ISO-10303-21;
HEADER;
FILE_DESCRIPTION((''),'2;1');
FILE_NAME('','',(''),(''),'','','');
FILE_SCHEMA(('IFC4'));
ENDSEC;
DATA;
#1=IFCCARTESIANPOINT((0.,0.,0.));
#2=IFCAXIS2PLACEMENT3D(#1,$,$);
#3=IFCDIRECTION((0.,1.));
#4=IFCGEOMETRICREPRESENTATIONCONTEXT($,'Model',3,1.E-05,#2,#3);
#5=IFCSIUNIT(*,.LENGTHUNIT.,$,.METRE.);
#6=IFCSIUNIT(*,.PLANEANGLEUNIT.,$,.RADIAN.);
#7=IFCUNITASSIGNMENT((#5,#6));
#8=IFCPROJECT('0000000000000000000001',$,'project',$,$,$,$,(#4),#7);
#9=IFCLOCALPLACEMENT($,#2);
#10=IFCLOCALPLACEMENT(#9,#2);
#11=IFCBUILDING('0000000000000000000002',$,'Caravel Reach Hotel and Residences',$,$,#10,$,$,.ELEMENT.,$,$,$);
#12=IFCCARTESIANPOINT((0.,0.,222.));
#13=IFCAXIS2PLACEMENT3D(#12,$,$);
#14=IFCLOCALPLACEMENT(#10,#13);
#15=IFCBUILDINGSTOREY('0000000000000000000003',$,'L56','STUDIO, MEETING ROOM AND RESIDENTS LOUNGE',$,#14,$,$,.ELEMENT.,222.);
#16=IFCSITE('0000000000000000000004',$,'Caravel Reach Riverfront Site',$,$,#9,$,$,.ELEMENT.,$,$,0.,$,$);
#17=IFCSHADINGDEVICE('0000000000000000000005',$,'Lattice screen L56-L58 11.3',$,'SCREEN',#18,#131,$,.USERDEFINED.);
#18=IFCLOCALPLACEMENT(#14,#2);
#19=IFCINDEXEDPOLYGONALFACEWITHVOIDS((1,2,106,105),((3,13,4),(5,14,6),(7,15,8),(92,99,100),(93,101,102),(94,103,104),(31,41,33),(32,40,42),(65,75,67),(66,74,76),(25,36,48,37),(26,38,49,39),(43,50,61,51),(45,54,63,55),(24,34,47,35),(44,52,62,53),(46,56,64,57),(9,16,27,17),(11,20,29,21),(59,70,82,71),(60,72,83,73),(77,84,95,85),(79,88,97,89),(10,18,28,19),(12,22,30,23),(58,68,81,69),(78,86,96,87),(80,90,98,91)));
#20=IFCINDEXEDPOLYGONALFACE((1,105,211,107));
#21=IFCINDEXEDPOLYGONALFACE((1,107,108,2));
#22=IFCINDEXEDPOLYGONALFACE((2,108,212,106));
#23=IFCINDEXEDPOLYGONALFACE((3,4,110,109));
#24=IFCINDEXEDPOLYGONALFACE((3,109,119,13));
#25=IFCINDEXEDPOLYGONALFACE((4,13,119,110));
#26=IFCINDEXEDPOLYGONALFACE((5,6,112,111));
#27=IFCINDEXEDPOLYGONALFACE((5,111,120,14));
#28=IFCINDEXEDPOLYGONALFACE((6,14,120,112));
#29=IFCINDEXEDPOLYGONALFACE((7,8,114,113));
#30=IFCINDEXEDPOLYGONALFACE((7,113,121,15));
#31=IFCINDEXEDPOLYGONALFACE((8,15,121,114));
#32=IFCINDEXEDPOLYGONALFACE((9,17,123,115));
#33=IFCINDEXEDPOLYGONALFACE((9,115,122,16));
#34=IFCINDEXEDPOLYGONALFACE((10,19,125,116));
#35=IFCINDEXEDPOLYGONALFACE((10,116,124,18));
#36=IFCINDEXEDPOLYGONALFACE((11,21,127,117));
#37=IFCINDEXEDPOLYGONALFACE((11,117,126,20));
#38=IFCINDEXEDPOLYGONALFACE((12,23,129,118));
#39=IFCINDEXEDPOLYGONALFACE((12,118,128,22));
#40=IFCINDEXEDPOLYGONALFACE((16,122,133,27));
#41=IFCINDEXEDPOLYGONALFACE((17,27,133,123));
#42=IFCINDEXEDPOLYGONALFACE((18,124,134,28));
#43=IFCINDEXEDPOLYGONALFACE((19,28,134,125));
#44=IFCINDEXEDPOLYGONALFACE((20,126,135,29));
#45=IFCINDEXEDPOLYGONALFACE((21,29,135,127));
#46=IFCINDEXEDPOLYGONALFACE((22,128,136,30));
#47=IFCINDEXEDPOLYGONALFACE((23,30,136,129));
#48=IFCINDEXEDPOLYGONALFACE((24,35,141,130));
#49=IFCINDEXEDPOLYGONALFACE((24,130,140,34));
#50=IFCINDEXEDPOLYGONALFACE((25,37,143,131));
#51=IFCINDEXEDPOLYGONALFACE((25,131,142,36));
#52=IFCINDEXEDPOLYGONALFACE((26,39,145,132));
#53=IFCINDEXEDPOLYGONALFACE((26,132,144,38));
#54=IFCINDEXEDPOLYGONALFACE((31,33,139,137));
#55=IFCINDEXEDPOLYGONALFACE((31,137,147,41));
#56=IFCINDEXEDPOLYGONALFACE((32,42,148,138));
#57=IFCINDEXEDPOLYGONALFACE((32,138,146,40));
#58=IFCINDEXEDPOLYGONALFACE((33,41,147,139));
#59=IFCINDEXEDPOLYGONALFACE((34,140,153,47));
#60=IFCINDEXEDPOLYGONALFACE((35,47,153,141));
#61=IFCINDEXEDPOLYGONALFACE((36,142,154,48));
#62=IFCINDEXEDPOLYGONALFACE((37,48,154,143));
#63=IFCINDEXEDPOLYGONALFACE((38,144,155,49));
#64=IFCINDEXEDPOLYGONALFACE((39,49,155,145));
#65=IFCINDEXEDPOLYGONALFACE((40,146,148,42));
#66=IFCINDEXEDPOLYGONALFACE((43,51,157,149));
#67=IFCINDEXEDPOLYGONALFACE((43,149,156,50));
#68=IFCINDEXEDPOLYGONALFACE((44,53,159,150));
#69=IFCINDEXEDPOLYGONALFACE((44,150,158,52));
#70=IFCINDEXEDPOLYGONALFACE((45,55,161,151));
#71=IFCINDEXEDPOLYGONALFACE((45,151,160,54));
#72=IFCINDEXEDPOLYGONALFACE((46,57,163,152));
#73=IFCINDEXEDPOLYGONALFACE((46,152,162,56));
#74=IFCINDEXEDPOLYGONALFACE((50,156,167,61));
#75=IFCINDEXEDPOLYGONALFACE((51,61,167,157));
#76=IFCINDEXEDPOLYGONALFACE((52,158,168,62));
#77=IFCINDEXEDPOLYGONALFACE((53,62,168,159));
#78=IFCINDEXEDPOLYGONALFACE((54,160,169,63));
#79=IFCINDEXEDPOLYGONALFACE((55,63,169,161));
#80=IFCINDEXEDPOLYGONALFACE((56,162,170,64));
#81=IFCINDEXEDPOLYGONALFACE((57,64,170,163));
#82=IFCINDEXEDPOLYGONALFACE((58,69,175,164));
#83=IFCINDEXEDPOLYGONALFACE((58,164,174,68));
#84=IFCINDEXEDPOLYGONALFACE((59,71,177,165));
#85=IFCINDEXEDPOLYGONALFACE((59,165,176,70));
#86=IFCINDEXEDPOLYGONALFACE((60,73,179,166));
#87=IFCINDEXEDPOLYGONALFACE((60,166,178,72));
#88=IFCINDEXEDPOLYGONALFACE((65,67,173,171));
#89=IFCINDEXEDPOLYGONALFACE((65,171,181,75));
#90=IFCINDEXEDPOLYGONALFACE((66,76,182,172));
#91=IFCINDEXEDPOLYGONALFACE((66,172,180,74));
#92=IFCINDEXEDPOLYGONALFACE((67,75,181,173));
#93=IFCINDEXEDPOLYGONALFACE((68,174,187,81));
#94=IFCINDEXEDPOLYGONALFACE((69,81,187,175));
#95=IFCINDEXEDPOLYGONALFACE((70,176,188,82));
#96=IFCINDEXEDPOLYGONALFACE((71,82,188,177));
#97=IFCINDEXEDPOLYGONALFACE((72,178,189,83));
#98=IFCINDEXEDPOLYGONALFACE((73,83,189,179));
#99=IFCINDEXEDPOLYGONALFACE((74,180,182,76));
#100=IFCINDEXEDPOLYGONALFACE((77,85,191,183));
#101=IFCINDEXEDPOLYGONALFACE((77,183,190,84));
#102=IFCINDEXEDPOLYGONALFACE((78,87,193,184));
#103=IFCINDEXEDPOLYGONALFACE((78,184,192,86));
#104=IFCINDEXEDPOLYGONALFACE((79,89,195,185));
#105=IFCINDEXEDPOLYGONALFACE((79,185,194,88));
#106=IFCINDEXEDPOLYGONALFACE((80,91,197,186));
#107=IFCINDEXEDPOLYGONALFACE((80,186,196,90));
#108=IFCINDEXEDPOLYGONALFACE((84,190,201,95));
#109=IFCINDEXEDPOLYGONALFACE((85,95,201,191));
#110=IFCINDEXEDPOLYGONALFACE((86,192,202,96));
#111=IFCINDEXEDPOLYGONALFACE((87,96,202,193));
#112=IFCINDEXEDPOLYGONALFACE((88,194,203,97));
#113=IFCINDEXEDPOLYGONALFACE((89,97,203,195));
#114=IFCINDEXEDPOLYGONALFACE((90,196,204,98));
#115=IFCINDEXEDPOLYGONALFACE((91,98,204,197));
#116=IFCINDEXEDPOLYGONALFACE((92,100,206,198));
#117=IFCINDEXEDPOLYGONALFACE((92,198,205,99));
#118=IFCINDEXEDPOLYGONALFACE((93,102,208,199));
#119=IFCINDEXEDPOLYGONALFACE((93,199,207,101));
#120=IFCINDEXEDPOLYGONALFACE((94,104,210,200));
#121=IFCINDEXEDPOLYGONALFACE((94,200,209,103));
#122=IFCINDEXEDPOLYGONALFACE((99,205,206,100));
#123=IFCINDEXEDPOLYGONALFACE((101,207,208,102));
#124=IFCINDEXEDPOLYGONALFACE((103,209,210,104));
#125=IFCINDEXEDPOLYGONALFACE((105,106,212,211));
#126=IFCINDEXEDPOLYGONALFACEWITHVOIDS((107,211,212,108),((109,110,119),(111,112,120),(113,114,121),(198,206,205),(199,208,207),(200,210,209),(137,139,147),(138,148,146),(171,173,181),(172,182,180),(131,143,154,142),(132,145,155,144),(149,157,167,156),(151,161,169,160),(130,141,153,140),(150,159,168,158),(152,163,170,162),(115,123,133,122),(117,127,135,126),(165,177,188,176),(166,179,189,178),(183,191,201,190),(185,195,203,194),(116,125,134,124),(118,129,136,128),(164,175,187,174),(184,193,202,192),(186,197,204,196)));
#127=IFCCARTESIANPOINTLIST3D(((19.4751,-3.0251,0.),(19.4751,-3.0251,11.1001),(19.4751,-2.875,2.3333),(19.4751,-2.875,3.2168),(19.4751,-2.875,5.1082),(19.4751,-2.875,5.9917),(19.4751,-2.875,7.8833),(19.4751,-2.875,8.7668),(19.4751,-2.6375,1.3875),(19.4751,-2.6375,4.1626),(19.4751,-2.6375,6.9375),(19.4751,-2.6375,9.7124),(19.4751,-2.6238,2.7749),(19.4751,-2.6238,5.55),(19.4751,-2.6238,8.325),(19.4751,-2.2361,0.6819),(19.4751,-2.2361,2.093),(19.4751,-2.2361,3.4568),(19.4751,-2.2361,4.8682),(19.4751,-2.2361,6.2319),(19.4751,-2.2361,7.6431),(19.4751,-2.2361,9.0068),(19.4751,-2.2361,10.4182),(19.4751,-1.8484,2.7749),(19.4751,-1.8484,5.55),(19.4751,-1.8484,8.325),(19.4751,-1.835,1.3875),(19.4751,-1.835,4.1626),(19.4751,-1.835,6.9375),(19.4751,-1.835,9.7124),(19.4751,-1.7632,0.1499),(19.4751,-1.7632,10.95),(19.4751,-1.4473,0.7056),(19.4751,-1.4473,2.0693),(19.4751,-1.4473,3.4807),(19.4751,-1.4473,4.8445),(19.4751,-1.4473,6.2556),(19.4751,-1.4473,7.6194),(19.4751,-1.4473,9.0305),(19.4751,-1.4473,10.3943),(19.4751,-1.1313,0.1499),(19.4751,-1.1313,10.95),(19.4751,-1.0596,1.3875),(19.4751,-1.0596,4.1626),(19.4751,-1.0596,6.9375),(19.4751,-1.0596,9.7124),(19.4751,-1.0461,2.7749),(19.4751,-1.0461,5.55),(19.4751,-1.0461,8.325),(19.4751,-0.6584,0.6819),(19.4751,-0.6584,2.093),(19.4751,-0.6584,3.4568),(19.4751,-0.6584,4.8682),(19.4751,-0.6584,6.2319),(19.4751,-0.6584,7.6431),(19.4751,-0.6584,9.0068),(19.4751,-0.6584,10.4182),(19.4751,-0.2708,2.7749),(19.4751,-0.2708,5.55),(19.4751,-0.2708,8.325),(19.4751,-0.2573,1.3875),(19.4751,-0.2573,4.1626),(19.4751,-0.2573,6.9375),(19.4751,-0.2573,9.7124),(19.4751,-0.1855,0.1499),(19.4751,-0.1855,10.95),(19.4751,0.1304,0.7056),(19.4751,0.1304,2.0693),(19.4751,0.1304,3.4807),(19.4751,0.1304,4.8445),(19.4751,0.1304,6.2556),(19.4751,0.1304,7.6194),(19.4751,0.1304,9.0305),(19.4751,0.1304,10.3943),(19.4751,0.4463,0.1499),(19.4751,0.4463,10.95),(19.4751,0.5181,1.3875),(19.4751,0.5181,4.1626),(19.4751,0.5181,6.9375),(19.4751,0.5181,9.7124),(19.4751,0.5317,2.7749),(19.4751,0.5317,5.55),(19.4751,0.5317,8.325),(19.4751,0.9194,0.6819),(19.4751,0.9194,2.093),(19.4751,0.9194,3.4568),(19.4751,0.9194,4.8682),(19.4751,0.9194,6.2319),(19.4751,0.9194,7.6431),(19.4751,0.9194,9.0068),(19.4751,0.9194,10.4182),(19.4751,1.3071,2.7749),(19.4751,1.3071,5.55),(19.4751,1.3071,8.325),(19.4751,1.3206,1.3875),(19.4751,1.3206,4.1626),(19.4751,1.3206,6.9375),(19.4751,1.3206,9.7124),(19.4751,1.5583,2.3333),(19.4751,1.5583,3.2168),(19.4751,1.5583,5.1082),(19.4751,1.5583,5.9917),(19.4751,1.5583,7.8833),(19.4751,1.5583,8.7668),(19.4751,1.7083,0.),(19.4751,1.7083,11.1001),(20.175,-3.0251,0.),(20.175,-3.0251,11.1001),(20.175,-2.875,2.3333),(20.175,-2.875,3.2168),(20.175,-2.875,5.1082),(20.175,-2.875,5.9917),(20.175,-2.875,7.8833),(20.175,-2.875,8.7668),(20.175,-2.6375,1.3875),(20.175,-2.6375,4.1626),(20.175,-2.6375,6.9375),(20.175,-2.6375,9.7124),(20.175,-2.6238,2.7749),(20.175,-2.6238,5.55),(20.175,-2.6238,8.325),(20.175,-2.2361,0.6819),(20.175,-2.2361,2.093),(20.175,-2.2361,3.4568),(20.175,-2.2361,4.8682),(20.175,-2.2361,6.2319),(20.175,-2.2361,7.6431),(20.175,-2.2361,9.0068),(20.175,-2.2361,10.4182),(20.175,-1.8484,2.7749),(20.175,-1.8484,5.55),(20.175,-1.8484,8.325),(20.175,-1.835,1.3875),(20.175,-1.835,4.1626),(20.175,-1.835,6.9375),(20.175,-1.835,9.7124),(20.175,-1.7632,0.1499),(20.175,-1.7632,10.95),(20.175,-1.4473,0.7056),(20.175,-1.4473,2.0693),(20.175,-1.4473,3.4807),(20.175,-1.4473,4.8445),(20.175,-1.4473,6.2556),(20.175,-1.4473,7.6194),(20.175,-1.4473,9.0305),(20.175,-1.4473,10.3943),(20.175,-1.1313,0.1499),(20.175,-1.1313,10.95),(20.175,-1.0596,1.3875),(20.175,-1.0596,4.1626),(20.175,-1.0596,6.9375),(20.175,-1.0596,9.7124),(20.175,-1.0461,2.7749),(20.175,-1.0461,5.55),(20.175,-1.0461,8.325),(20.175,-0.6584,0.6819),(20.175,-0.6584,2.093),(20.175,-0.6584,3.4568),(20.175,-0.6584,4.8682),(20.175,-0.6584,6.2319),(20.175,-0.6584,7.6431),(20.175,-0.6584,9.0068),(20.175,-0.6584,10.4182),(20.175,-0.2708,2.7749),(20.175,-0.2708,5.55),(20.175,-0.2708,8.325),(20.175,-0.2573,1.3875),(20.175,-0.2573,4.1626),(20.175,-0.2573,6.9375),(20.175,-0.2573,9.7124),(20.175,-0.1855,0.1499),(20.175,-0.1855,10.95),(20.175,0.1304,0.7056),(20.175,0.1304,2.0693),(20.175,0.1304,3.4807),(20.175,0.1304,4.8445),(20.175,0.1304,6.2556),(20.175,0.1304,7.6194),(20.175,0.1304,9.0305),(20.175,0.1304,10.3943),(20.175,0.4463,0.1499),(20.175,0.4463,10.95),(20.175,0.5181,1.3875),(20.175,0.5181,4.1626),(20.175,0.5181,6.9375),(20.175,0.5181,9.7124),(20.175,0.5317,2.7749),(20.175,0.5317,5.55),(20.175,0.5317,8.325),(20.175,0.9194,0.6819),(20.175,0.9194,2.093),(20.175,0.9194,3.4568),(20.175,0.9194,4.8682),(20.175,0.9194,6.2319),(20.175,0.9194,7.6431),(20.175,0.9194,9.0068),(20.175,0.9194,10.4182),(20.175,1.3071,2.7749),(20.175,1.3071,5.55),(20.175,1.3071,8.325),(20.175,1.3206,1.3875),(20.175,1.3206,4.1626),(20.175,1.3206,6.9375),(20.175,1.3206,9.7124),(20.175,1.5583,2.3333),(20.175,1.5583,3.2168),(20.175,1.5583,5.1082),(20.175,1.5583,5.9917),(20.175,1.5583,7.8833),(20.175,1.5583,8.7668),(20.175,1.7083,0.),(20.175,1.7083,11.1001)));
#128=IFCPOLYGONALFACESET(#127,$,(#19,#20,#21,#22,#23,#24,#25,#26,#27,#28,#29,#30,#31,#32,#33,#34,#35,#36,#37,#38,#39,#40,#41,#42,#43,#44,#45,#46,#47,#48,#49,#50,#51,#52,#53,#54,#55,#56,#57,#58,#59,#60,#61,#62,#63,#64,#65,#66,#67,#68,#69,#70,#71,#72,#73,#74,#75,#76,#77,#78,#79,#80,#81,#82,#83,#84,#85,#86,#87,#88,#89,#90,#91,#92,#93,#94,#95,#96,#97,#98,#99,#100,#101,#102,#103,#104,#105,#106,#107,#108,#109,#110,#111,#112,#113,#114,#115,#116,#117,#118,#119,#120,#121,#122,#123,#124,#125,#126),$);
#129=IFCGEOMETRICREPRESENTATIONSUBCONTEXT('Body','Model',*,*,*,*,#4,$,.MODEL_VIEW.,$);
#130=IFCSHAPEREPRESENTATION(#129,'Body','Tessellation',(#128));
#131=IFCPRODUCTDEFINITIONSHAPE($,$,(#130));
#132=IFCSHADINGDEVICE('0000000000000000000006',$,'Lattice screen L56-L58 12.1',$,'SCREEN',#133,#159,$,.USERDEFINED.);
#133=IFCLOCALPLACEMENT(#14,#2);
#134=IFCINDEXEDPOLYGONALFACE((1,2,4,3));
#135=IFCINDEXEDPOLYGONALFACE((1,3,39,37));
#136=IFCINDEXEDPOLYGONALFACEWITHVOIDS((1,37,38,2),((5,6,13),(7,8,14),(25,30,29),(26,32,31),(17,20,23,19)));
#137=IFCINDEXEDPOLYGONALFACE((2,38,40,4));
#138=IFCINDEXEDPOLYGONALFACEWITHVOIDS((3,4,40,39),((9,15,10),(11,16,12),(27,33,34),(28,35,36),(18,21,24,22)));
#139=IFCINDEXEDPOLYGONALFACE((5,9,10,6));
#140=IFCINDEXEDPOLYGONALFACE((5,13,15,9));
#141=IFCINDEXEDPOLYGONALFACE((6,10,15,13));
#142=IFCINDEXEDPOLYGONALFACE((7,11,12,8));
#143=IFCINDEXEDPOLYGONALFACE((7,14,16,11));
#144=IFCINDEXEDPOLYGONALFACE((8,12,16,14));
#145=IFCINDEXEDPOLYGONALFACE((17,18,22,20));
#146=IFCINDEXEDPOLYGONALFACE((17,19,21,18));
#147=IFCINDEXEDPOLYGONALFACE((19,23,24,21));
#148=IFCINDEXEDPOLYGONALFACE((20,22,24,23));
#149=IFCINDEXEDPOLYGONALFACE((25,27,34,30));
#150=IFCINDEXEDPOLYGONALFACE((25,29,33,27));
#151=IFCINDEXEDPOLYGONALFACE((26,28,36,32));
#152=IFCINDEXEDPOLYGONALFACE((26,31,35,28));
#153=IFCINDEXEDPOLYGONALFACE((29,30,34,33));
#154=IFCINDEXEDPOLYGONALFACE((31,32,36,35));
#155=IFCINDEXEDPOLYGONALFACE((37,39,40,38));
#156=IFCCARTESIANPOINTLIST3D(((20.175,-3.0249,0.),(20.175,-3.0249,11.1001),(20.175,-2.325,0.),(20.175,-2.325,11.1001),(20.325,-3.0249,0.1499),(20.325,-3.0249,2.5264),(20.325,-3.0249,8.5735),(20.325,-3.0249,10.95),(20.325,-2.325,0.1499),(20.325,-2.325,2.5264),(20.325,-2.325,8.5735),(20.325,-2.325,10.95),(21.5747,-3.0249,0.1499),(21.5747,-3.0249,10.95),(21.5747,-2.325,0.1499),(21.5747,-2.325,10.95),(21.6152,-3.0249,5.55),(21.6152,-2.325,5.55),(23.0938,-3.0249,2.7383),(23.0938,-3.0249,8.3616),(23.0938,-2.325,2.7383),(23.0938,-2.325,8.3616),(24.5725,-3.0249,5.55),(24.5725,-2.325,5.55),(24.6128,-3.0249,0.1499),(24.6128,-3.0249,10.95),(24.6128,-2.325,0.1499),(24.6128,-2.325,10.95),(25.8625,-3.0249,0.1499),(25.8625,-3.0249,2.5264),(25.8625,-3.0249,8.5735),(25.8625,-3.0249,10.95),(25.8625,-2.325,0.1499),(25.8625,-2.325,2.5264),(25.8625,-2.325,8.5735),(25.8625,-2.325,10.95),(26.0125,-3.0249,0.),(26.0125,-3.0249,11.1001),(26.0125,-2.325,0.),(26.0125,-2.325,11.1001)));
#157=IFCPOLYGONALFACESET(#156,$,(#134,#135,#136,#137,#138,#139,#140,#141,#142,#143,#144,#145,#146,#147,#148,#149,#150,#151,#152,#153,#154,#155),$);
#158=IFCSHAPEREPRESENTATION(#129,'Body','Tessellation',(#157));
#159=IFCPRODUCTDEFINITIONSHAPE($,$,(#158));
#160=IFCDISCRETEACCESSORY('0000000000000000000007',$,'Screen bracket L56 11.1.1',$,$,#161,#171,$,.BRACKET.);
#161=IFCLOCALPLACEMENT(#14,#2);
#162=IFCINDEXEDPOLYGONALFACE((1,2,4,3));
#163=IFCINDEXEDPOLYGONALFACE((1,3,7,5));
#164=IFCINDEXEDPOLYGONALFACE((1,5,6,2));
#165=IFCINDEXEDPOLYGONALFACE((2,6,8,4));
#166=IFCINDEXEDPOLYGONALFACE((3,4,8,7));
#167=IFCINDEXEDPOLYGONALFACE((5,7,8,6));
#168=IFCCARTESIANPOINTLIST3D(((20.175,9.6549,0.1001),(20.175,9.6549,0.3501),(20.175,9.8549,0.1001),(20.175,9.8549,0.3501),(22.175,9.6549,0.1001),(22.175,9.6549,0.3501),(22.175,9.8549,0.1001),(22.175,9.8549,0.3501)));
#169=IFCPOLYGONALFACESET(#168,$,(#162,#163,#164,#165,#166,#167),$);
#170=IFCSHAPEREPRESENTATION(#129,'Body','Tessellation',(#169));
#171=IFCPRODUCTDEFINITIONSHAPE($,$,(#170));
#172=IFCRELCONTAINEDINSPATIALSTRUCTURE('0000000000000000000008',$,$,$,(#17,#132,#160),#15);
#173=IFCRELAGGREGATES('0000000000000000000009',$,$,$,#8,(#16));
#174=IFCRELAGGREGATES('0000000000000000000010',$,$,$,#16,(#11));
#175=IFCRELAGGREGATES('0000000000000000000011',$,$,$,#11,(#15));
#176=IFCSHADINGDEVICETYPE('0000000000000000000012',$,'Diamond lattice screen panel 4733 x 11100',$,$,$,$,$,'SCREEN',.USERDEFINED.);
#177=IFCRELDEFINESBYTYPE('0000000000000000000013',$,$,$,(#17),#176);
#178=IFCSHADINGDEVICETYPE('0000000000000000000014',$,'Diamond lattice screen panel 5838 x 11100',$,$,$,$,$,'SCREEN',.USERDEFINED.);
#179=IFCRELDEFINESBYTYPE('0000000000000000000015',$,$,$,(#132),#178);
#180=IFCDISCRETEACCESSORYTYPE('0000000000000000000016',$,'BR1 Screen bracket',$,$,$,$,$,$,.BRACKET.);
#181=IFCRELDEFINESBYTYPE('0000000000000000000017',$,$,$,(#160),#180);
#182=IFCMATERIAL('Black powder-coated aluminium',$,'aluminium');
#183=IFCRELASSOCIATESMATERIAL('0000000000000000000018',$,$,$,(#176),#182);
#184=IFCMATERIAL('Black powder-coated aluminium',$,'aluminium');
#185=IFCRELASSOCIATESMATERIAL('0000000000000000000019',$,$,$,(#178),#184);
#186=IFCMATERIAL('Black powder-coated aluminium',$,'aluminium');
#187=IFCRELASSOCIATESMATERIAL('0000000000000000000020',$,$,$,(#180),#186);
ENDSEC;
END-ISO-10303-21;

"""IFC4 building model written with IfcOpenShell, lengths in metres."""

from ifc_helpers import new_model, si_unit, direction, frame, origin, origin_2d, place, context, subcontext, project, spatial, polyline, rectangle, outline, extrude, material, type_object, element, save


model = new_model("IFC4")

# Units and contexts
model_context = context("Model", 3, precision=1e-05, world=origin(), true_north=direction((0.0, 1.0)))
body_context = subcontext(model_context, "Body", "Model", "MODEL_VIEW")
ifc_project = project(units=[si_unit("LENGTHUNIT", "METRE"), si_unit("PLANEANGLEUNIT", "RADIAN")], contexts=[model_context])

# Site, building, storey
site_placement = place(None, origin())
site = spatial("IfcSite", under=ifc_project, at=site_placement, Name="Caravel Reach Riverfront Site", CompositionType="ELEMENT", RefElevation=0.0)
building_placement = place(site_placement, origin())
building = spatial("IfcBuilding", under=site, at=building_placement, Name="Caravel Reach Hotel and Residences", CompositionType="ELEMENT")
storey_placement = place(building_placement, frame((0.0, 0.0, 222.0)))
storey = spatial("IfcBuildingStorey", under=building, at=storey_placement, Name="L56", Description="STUDIO, MEETING ROOM AND RESIDENTS LOUNGE", CompositionType="ELEMENT", Elevation=222.0)

# Shading devices
ifc_material_1 = material(Name="Black powder-coated aluminium", Category="aluminium")
shading_device_type_1 = type_object("IfcShadingDeviceType", Name="Diamond lattice screen panel 4733 x 11100", ElementType="SCREEN", PredefinedType="USERDEFINED", material=ifc_material_1)
shading_device_1_placement = place(storey_placement, frame((20.175, 1.7083, 0.0), z_axis=(-1.0, 0.0, 0.0), x_axis=(0.0, -1.0, 0.0)))
element("IfcShadingDevice", 1, at=shading_device_1_placement, inside=storey, type_object=shading_device_type_1, Name="Lattice screen L56-L58 11.3", ObjectType="SCREEN", PredefinedType="USERDEFINED", context=body_context, shape_type="SweptSolid", body=[
    extrude(outline(polyline([(0.0, 0.0), (4.7334, 0.0), (4.7334, 11.1001), (0.0, 11.1001), (0.0, 0.0)]), holes=[polyline([(0.4011, 2.7749), (0.1499, 3.2168), (0.1499, 2.3333), (0.4011, 2.7749)]), polyline([(0.4011, 5.55), (0.1499, 5.9917), (0.1499, 5.1082), (0.4011, 5.55)]), polyline([(0.4011, 8.325), (0.1499, 8.7668), (0.1499, 7.8833), (0.4011, 8.325)]), polyline([(0.7888, 2.093), (0.3877, 1.3875), (0.7888, 0.6819), (1.1902, 1.3875), (0.7888, 2.093)]), polyline([(0.7888, 4.8682), (0.3877, 4.1626), (0.7888, 3.4568), (1.1902, 4.1626), (0.7888, 4.8682)]), polyline([(0.7888, 7.6431), (0.3877, 6.9375), (0.7888, 6.2319), (1.1902, 6.9375), (0.7888, 7.6431)]), polyline([(0.7888, 10.4182), (0.3877, 9.7124), (0.7888, 9.0068), (1.1902, 9.7124), (0.7888, 10.4182)]), polyline([(1.5779, 0.7056), (1.262, 0.1499), (1.8938, 0.1499), (1.5779, 0.7056)]), polyline([(1.5779, 3.4807), (1.1765, 2.7749), (1.5779, 2.0693), (1.979, 2.7749), (1.5779, 3.4807)]), polyline([(1.5779, 6.2556), (1.1765, 5.55), (1.5779, 4.8445), (1.979, 5.55), (1.5779, 6.2556)]), polyline([(1.5779, 9.0305), (1.1765, 8.325), (1.5779, 7.6194), (1.979, 8.325), (1.5779, 9.0305)]), polyline([(1.5779, 10.3943), (1.8938, 10.95), (1.262, 10.95), (1.5779, 10.3943)]), polyline([(2.3667, 2.093), (1.9656, 1.3875), (2.3667, 0.6819), (2.7678, 1.3875), (2.3667, 2.093)]), polyline([(2.3667, 4.8682), (1.9656, 4.1626), (2.3667, 3.4568), (2.7678, 4.1626), (2.3667, 4.8682)]), polyline([(2.3667, 7.6431), (1.9656, 6.9375), (2.3667, 6.2319), (2.7678, 6.9375), (2.3667, 7.6431)]), polyline([(2.3667, 10.4182), (1.9656, 9.7124), (2.3667, 9.0068), (2.7678, 9.7124), (2.3667, 10.4182)]), polyline([(3.1555, 0.7056), (2.8396, 0.1499), (3.4714, 0.1499), (3.1555, 0.7056)]), polyline([(3.1555, 3.4807), (2.7544, 2.7749), (3.1555, 2.0693), (3.5566, 2.7749), (3.1555, 3.4807)]), polyline([(3.1555, 6.2556), (2.7544, 5.55), (3.1555, 4.8445), (3.5566, 5.55), (3.1555, 6.2556)]), polyline([(3.1555, 9.0305), (2.7544, 8.325), (3.1555, 7.6194), (3.5566, 8.325), (3.1555, 9.0305)]), polyline([(3.1555, 10.3943), (3.4714, 10.95), (2.8396, 10.95), (3.1555, 10.3943)]), polyline([(3.9443, 2.093), (3.5432, 1.3875), (3.9443, 0.6819), (4.3457, 1.3875), (3.9443, 2.093)]), polyline([(3.9443, 4.8682), (3.5432, 4.1626), (3.9443, 3.4568), (4.3457, 4.1626), (3.9443, 4.8682)]), polyline([(3.9443, 7.6431), (3.5432, 6.9375), (3.9443, 6.2319), (4.3457, 6.9375), (3.9443, 7.6431)]), polyline([(3.9443, 10.4182), (3.5432, 9.7124), (3.9443, 9.0068), (4.3457, 9.7124), (3.9443, 10.4182)]), polyline([(4.332, 2.7749), (4.5833, 2.3333), (4.5833, 3.2168), (4.332, 2.7749)]), polyline([(4.332, 5.55), (4.5833, 5.1082), (4.5833, 5.9917), (4.332, 5.55)]), polyline([(4.332, 8.325), (4.5833, 7.8833), (4.5833, 8.7668), (4.332, 8.325)])]), origin(), (0.0, 0.0, 1.0), 0.7),
])
ifc_material_2 = material(Name="Black powder-coated aluminium", Category="aluminium")
shading_device_type_2 = type_object("IfcShadingDeviceType", Name="Diamond lattice screen panel 5838 x 11100", ElementType="SCREEN", PredefinedType="USERDEFINED", material=ifc_material_2)
shading_device_2_placement = place(storey_placement, frame((20.175, -2.325, 0.0), z_axis=(0.0, -1.0, 0.0), x_axis=(1.0, 0.0, 0.0)))
element("IfcShadingDevice", 2, at=shading_device_2_placement, inside=storey, type_object=shading_device_type_2, Name="Lattice screen L56-L58 12.1", ObjectType="SCREEN", PredefinedType="USERDEFINED", context=body_context, shape_type="SweptSolid", body=[
    extrude(outline(polyline([(0.0, 0.0), (5.8374, 0.0), (5.8374, 11.1001), (0.0, 11.1001), (0.0, 0.0)]), holes=[polyline([(1.3997, 0.1499), (0.1499, 2.5264), (0.1499, 0.1499), (1.3997, 0.1499)]), polyline([(0.1499, 8.5735), (1.3997, 10.95), (0.1499, 10.95), (0.1499, 8.5735)]), polyline([(2.9187, 8.3616), (1.4402, 5.55), (2.9187, 2.7383), (4.3975, 5.55), (2.9187, 8.3616)]), polyline([(5.6875, 2.5264), (4.4377, 0.1499), (5.6875, 0.1499), (5.6875, 2.5264)]), polyline([(4.4377, 10.95), (5.6875, 8.5735), (5.6875, 10.95), (4.4377, 10.95)])]), origin(), (0.0, 0.0, 1.0), 0.7),
])

# Discrete accessory
ifc_material_3 = material(Name="Black powder-coated aluminium", Category="aluminium")
discrete_accessory_type = type_object("IfcDiscreteAccessoryType", Name="BR1 Screen bracket", PredefinedType="BRACKET", material=ifc_material_3)
for number, where, z_axis, x_axis, name in (
    (3, (21.175, 9.7549, 0.1001), (0.0, 0.0, 1.0), (-1.0, 0.0, 0.0), "Screen bracket L56 11.1.1"),
):
    element("IfcDiscreteAccessory", number, at=place(storey_placement, frame(where, z_axis=z_axis, x_axis=x_axis)), inside=storey, type_object=discrete_accessory_type, Name=name, PredefinedType="BRACKET", context=body_context, shape_type="SweptSolid", body=[
        extrude(rectangle(XDim=2.0, YDim=0.2, at=origin_2d()), origin(), (0.0, 0.0, 1.0), 0.25),
    ])

save(model, "model.ifc")
